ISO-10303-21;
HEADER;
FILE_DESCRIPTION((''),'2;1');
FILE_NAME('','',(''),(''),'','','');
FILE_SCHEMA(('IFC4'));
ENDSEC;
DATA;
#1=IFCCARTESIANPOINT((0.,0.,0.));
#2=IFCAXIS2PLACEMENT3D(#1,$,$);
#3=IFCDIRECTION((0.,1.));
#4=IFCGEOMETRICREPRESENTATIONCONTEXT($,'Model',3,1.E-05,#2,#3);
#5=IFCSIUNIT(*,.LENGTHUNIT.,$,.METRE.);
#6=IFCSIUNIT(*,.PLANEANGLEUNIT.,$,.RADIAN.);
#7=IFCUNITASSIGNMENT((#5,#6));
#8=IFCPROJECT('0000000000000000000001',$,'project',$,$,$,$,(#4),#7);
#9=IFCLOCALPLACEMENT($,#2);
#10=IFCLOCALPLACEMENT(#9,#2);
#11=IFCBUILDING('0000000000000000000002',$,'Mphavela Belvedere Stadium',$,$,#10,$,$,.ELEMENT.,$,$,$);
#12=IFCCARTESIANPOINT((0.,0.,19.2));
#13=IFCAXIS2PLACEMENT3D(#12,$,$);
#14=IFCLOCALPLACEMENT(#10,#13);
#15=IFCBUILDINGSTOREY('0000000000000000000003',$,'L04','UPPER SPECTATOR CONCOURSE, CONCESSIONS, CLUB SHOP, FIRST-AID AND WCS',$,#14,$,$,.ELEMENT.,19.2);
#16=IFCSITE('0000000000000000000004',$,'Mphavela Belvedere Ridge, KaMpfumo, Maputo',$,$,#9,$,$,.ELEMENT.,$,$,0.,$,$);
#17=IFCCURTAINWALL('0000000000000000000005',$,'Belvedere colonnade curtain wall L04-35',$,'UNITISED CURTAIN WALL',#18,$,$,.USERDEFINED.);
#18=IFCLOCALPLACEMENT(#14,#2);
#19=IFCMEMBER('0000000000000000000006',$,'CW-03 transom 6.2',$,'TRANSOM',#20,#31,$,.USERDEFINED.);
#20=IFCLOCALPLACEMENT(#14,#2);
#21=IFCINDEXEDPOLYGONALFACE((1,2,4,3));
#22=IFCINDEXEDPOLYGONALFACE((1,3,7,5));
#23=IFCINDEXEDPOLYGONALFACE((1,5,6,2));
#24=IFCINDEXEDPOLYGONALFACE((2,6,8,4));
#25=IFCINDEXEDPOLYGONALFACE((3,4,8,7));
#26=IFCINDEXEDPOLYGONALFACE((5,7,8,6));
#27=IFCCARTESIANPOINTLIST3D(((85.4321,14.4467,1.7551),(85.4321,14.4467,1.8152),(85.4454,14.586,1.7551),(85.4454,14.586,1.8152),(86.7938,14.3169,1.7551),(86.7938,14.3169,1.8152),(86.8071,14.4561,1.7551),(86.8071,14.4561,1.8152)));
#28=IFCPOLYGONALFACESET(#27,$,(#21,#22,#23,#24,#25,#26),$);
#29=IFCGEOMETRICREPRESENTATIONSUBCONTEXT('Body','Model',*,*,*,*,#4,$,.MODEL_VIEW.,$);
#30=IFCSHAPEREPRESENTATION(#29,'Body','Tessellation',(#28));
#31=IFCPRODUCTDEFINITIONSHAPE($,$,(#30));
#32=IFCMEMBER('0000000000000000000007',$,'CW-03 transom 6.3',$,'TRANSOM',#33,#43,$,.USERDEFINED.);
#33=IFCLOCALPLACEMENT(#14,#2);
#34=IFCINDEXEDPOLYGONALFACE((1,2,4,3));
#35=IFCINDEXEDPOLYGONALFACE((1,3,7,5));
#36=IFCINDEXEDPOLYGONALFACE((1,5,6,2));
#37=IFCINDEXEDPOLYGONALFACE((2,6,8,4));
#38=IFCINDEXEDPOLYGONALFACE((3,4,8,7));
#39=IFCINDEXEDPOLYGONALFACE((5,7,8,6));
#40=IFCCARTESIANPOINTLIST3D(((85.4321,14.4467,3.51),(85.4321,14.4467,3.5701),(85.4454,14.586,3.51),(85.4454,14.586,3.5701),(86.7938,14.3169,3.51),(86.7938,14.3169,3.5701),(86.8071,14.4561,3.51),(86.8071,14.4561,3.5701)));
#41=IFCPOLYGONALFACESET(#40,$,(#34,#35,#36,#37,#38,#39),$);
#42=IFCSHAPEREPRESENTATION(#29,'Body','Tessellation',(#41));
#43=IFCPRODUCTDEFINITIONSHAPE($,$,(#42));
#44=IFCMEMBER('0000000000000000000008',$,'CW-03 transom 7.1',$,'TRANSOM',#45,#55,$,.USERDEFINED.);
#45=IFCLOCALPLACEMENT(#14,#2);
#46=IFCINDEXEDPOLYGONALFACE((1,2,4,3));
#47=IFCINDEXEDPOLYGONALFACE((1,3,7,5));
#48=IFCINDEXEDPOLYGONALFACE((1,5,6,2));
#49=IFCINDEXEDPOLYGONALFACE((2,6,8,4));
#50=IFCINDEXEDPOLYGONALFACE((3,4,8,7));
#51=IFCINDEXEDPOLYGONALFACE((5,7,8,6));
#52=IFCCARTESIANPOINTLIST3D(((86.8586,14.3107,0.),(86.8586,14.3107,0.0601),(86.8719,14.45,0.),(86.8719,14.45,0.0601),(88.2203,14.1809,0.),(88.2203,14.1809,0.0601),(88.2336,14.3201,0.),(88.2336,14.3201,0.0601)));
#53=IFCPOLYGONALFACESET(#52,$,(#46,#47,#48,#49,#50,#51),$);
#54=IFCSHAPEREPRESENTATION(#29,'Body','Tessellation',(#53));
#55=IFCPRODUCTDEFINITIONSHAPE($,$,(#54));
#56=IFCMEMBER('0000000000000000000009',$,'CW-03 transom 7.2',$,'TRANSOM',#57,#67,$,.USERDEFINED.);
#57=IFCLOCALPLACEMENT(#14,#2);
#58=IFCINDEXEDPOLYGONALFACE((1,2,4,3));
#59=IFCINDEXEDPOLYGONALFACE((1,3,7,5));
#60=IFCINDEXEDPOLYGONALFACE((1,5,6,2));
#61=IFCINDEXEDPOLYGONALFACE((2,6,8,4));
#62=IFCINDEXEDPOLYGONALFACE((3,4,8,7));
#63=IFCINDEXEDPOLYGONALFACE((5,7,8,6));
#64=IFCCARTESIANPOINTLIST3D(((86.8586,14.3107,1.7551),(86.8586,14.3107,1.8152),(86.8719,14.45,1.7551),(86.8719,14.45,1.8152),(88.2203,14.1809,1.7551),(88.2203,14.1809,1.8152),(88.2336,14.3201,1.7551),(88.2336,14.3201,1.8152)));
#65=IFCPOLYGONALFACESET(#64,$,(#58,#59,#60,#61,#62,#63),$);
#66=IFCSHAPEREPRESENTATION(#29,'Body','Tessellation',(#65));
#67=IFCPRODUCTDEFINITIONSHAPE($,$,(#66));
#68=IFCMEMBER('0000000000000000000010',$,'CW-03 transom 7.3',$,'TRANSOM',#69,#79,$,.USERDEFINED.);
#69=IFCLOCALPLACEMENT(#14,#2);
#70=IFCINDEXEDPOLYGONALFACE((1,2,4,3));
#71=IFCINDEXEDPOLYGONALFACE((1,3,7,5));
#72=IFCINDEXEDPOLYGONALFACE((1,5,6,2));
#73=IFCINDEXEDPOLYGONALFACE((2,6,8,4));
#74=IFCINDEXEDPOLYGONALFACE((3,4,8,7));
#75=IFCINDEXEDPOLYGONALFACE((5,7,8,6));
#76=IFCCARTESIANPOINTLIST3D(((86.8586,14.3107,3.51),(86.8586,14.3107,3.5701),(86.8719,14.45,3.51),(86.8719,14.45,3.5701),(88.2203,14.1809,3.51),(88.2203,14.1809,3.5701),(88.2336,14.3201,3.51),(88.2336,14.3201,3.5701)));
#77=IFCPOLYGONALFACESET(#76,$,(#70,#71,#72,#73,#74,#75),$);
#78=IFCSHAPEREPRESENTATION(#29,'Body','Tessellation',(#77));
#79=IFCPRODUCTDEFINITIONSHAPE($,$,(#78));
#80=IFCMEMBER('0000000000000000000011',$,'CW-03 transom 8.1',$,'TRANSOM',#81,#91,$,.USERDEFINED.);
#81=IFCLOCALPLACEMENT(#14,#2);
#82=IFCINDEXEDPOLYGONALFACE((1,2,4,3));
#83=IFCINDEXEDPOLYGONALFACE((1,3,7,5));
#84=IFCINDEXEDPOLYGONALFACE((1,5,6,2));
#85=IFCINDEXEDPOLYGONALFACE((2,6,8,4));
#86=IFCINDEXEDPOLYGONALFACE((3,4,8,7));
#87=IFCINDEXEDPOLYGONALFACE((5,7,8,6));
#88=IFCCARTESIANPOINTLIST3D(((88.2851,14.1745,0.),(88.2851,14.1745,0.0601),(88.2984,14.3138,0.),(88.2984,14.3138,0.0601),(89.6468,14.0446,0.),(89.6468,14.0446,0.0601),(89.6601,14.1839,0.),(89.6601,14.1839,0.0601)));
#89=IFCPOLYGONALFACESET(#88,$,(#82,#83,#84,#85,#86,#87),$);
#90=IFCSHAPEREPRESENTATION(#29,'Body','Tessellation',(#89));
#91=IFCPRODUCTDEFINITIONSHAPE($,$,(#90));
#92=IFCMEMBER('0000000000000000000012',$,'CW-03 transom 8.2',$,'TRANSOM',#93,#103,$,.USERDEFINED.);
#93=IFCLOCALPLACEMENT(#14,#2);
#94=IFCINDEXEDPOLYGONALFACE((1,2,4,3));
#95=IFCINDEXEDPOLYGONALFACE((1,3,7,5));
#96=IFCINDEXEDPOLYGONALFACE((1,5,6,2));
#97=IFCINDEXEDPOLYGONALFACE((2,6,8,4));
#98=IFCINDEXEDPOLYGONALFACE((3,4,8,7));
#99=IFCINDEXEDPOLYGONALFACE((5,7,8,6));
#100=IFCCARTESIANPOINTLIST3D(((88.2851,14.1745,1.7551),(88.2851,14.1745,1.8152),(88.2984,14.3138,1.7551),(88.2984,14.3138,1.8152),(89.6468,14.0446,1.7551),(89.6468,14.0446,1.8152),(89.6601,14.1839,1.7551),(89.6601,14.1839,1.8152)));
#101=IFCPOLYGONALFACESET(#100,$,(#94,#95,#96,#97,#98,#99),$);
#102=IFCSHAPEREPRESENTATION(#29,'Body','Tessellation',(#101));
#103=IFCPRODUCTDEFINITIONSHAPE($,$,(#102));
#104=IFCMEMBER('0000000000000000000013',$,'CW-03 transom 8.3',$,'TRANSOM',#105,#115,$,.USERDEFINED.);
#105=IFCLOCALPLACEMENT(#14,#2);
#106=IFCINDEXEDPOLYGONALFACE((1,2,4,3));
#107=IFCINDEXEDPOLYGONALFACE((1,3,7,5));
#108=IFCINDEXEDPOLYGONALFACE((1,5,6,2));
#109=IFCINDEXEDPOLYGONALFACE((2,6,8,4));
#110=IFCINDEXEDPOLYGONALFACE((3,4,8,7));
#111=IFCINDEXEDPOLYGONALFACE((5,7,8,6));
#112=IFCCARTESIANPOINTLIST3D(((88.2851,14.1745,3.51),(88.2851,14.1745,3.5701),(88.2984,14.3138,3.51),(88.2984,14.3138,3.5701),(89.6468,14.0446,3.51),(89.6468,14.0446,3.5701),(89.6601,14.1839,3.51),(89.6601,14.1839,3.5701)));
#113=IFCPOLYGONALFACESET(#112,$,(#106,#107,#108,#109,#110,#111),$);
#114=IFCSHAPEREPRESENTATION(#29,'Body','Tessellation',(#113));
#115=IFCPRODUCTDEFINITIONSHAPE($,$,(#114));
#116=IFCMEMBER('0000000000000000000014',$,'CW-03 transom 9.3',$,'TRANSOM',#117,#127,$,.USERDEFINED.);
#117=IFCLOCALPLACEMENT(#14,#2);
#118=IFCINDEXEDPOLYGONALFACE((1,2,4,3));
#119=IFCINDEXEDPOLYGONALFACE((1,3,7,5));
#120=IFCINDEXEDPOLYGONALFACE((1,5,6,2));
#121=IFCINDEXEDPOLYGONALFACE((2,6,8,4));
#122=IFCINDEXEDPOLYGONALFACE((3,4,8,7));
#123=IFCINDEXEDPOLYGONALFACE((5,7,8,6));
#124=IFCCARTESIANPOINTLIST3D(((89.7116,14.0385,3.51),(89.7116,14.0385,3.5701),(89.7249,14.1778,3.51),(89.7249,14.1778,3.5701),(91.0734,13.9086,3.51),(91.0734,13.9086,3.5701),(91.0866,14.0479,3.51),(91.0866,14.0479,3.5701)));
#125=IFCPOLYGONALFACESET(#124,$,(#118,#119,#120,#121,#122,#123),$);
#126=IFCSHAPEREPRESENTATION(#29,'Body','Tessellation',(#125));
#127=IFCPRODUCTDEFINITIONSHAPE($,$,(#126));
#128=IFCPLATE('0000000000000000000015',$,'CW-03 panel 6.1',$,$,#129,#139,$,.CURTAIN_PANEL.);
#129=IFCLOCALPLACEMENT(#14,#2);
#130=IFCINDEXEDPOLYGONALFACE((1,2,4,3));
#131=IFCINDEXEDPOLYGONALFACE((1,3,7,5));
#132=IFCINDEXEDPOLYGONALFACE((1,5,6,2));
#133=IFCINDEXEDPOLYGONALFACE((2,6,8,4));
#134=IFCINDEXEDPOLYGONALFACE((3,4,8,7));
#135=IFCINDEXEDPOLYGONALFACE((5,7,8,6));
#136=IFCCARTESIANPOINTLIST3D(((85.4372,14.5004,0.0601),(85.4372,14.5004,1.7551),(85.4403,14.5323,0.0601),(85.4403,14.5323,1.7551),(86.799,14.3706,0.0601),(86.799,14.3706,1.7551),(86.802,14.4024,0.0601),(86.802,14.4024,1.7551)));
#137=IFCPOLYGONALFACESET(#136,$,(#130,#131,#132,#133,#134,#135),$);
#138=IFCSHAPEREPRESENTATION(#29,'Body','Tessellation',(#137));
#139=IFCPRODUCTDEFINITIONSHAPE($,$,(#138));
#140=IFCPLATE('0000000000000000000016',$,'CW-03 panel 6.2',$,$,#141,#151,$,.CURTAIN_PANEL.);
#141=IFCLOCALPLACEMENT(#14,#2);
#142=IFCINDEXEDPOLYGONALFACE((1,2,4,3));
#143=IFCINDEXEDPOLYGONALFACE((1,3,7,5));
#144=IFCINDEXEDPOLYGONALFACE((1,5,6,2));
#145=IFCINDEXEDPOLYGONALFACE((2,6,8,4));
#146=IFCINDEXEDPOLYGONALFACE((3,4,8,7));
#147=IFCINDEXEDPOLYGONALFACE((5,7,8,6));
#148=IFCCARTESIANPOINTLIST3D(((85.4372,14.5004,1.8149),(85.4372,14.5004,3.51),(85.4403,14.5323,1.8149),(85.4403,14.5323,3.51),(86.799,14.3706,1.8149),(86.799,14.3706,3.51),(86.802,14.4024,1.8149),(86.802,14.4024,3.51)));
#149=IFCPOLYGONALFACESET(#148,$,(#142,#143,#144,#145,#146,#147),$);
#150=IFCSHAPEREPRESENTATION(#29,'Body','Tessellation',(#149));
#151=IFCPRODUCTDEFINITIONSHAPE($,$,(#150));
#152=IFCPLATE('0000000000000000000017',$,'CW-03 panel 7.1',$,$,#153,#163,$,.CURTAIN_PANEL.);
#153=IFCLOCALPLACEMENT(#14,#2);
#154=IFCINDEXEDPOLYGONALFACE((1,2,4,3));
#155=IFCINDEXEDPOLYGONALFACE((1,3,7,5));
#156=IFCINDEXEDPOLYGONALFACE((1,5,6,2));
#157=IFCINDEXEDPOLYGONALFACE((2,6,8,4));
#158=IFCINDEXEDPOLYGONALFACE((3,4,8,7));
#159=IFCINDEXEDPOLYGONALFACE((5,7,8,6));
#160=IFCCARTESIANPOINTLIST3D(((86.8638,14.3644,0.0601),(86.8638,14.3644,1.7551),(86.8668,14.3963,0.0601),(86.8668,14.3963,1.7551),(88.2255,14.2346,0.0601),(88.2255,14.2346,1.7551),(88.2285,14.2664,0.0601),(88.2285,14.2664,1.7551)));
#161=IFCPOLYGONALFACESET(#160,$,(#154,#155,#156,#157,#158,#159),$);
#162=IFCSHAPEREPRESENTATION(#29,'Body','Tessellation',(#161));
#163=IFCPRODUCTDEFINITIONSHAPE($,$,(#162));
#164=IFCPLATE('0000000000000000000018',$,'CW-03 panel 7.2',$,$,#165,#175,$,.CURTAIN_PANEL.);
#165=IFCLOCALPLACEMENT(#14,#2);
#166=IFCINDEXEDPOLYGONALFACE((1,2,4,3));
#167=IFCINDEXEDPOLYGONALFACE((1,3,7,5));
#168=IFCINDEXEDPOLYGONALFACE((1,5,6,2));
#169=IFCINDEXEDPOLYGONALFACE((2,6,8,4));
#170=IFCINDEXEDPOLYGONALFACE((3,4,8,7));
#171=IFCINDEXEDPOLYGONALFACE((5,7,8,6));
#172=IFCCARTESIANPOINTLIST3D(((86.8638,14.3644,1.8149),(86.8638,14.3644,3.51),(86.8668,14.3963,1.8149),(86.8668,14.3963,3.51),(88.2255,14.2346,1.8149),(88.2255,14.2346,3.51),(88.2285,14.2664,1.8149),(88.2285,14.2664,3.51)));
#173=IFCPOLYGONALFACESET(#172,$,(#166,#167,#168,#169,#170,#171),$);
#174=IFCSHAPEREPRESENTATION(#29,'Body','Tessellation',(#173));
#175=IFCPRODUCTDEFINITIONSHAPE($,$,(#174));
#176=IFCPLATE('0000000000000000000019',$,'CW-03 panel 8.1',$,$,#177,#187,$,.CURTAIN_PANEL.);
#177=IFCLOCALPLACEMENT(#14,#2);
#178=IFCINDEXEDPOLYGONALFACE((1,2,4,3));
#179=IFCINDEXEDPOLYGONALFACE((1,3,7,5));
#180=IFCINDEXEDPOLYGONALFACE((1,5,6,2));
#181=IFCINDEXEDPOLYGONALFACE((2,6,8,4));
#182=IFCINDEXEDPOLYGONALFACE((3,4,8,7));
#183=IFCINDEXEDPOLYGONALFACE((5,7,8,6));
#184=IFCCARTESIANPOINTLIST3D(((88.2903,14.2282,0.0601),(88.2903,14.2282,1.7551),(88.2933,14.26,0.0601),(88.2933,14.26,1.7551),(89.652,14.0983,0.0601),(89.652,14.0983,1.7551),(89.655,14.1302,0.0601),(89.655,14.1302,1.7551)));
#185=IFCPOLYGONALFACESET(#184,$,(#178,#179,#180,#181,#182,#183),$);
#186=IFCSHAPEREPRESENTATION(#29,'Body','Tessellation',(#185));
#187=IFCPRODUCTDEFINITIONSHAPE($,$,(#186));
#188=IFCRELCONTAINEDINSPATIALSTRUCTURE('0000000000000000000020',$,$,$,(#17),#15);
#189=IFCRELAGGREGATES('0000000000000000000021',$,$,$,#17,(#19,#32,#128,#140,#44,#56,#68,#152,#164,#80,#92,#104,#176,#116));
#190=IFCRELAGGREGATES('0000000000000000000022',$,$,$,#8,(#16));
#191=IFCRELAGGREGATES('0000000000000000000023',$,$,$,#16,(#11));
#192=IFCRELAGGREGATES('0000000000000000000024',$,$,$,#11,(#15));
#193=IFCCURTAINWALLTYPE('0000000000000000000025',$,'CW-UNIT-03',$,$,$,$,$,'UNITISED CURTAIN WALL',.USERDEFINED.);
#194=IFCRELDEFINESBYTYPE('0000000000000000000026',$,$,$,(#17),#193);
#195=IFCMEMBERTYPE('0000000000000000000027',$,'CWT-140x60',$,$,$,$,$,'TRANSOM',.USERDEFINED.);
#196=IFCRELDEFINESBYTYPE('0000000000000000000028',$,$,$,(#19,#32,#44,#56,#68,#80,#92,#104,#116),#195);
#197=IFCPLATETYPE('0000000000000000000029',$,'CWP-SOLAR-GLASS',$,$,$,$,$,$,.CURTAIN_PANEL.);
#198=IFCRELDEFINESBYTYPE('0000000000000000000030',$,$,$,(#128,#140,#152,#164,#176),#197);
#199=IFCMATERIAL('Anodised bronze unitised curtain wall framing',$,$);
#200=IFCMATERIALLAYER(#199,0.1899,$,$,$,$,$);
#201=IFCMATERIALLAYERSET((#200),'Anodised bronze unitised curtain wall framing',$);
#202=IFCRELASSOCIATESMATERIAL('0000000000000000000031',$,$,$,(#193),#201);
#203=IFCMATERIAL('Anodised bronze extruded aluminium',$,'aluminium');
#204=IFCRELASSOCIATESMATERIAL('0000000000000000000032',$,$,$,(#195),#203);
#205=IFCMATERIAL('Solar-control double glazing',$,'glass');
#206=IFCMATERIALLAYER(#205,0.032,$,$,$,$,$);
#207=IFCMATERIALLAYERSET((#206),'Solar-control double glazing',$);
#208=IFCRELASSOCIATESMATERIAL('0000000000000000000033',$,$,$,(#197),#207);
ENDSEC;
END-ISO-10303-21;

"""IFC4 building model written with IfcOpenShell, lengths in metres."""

from ifc_helpers import new_model, si_unit, direction, frame, origin, origin_2d, place, context, subcontext, project, spatial, rectangle, extrude, material, layer, layer_set, material_profile, profile_set, type_object, element, aggregate, save


model = new_model("IFC4")

# Units and contexts
model_context = context("Model", 3, precision=1e-05, world=origin(), true_north=direction((0.0, 1.0)))
body_context = subcontext(model_context, "Body", "Model", "MODEL_VIEW")
ifc_project = project(units=[si_unit("LENGTHUNIT", "METRE"), si_unit("PLANEANGLEUNIT", "RADIAN")], contexts=[model_context])

# Site, building, storey
site_placement = place(None, origin())
site = spatial("IfcSite", under=ifc_project, at=site_placement, Name="Mphavela Belvedere Ridge, KaMpfumo, Maputo", CompositionType="ELEMENT", RefElevation=0.0)
building_placement = place(site_placement, origin())
building = spatial("IfcBuilding", under=site, at=building_placement, Name="Mphavela Belvedere Stadium", CompositionType="ELEMENT")
storey_placement = place(building_placement, frame((0.0, 0.0, 19.2)))
storey = spatial("IfcBuildingStorey", under=building, at=storey_placement, Name="L04", Description="UPPER SPECTATOR CONCOURSE, CONCESSIONS, CLUB SHOP, FIRST-AID AND WCS", CompositionType="ELEMENT", Elevation=19.2)

# Curtain wall, members, plates
ifc_material_1 = material(Name="Anodised bronze unitised curtain wall framing")
ifc_layer_1 = layer(ifc_material_1, 0.1899)
ifc_layer_set_1 = layer_set([ifc_layer_1], Name="Anodised bronze unitised curtain wall framing")
curtain_wall_type = type_object("IfcCurtainWallType", Name="CW-UNIT-03", ElementType="UNITISED CURTAIN WALL", PredefinedType="USERDEFINED", material=ifc_layer_set_1)
curtain_wall_placement = place(storey_placement, origin())
curtain_wall = element("IfcCurtainWall", 1, at=curtain_wall_placement, inside=storey, type_object=curtain_wall_type, Name="Belvedere colonnade curtain wall L04-35", ObjectType="UNITISED CURTAIN WALL", PredefinedType="USERDEFINED")
ifc_material_2 = material(Name="Anodised bronze extruded aluminium", Category="aluminium")
ifc_material_profile_1 = material_profile(ifc_material_2, rectangle(XDim=0.1399, YDim=0.0601, at=origin_2d()), Name="CW-TRN 140x60")
ifc_profile_set_1 = profile_set([ifc_material_profile_1], Name="Anodised bronze extruded aluminium")
member_type_1 = type_object("IfcMemberType", Name="CWT-140x60", ElementType="TRANSOM", PredefinedType="USERDEFINED", material=ifc_profile_set_1)
member_1_placement = place(storey_placement, frame((85.4387, 14.5164, 1.7852), z_axis=(0.995483, -0.094944, 0.0), x_axis=(0.094944, 0.995483, 0.0)))
member_1 = element("IfcMember", 2, at=member_1_placement, type_object=member_type_1, Name="CW-03 transom 6.2", ObjectType="TRANSOM", PredefinedType="USERDEFINED", context=body_context, shape_type="SweptSolid", body=[
    extrude(rectangle(XDim=0.1399, YDim=0.0601, at=origin_2d()), origin(), (0.0, 0.0, 1.0), 1.3679),
])
member_2_placement = place(storey_placement, frame((85.4387, 14.5164, 3.54), z_axis=(0.995483, -0.094944, 0.0), x_axis=(0.094944, 0.995483, 0.0)))
member_2 = element("IfcMember", 3, at=member_2_placement, type_object=member_type_1, Name="CW-03 transom 6.3", ObjectType="TRANSOM", PredefinedType="USERDEFINED", context=body_context, shape_type="SweptSolid", body=[
    extrude(rectangle(XDim=0.1399, YDim=0.0601, at=origin_2d()), origin(), (0.0, 0.0, 1.0), 1.3679),
])
member_3_placement = place(storey_placement, frame((86.8652, 14.3804, 0.03), z_axis=(0.995483, -0.094944, 0.0), x_axis=(0.094944, 0.995483, 0.0)))
member_3 = element("IfcMember", 4, at=member_3_placement, type_object=member_type_1, Name="CW-03 transom 7.1", ObjectType="TRANSOM", PredefinedType="USERDEFINED", context=body_context, shape_type="SweptSolid", body=[
    extrude(rectangle(XDim=0.1399, YDim=0.0601, at=origin_2d()), origin(), (0.0, 0.0, 1.0), 1.3679),
])
member_4_placement = place(storey_placement, frame((86.8652, 14.3804, 1.7852), z_axis=(0.995483, -0.094944, 0.0), x_axis=(0.094944, 0.995483, 0.0)))
member_4 = element("IfcMember", 5, at=member_4_placement, type_object=member_type_1, Name="CW-03 transom 7.2", ObjectType="TRANSOM", PredefinedType="USERDEFINED", context=body_context, shape_type="SweptSolid", body=[
    extrude(rectangle(XDim=0.1399, YDim=0.0601, at=origin_2d()), origin(), (0.0, 0.0, 1.0), 1.3679),
])
member_5_placement = place(storey_placement, frame((86.8652, 14.3804, 3.54), z_axis=(0.995483, -0.094944, 0.0), x_axis=(0.094944, 0.995483, 0.0)))
member_5 = element("IfcMember", 6, at=member_5_placement, type_object=member_type_1, Name="CW-03 transom 7.3", ObjectType="TRANSOM", PredefinedType="USERDEFINED", context=body_context, shape_type="SweptSolid", body=[
    extrude(rectangle(XDim=0.1399, YDim=0.0601, at=origin_2d()), origin(), (0.0, 0.0, 1.0), 1.3679),
])
member_6_placement = place(storey_placement, frame((88.2917, 14.2441, 0.03), z_axis=(0.995483, -0.094944, 0.0), x_axis=(0.094944, 0.995483, 0.0)))
member_6 = element("IfcMember", 7, at=member_6_placement, type_object=member_type_1, Name="CW-03 transom 8.1", ObjectType="TRANSOM", PredefinedType="USERDEFINED", context=body_context, shape_type="SweptSolid", body=[
    extrude(rectangle(XDim=0.1399, YDim=0.0601, at=origin_2d()), origin(), (0.0, 0.0, 1.0), 1.3679),
])
member_7_placement = place(storey_placement, frame((88.2917, 14.2441, 1.7852), z_axis=(0.995483, -0.094944, 0.0), x_axis=(0.094944, 0.995483, 0.0)))
member_7 = element("IfcMember", 8, at=member_7_placement, type_object=member_type_1, Name="CW-03 transom 8.2", ObjectType="TRANSOM", PredefinedType="USERDEFINED", context=body_context, shape_type="SweptSolid", body=[
    extrude(rectangle(XDim=0.1399, YDim=0.0601, at=origin_2d()), origin(), (0.0, 0.0, 1.0), 1.3679),
])
member_8_placement = place(storey_placement, frame((88.2917, 14.2441, 3.54), z_axis=(0.995483, -0.094944, 0.0), x_axis=(0.094944, 0.995483, 0.0)))
member_8 = element("IfcMember", 9, at=member_8_placement, type_object=member_type_1, Name="CW-03 transom 8.3", ObjectType="TRANSOM", PredefinedType="USERDEFINED", context=body_context, shape_type="SweptSolid", body=[
    extrude(rectangle(XDim=0.1399, YDim=0.0601, at=origin_2d()), origin(), (0.0, 0.0, 1.0), 1.3679),
])
member_9_placement = place(storey_placement, frame((89.7183, 14.1082, 3.54), z_axis=(0.995483, -0.094944, 0.0), x_axis=(0.094944, 0.995483, 0.0)))
member_9 = element("IfcMember", 10, at=member_9_placement, type_object=member_type_1, Name="CW-03 transom 9.3", ObjectType="TRANSOM", PredefinedType="USERDEFINED", context=body_context, shape_type="SweptSolid", body=[
    extrude(rectangle(XDim=0.1399, YDim=0.0601, at=origin_2d()), origin(), (0.0, 0.0, 1.0), 1.3679),
])
ifc_material_3 = material(Name="Solar-control double glazing", Category="glass")
ifc_layer_2 = layer(ifc_material_3, 0.032)
ifc_layer_set_2 = layer_set([ifc_layer_2], Name="Solar-control double glazing")
plate_type = type_object("IfcPlateType", Name="CWP-SOLAR-GLASS", PredefinedType="CURTAIN_PANEL", material=ifc_layer_set_2)
plate_1_placement = place(storey_placement, frame((86.1196, 14.4514, 0.0601), z_axis=(0.0, 0.0, 1.0), x_axis=(0.995484, -0.094933, 0.0)))
plate_1 = element("IfcPlate", 11, at=plate_1_placement, type_object=plate_type, Name="CW-03 panel 6.1", PredefinedType="CURTAIN_PANEL", context=body_context, shape_type="SweptSolid", body=[
    extrude(rectangle(XDim=1.3679, YDim=0.032, at=origin_2d()), origin(), (0.0, 0.0, 1.0), 1.6951),
])
plate_2_placement = place(storey_placement, frame((86.1196, 14.4514, 1.8149), z_axis=(0.0, 0.0, 1.0), x_axis=(0.995484, -0.094933, 0.0)))
plate_2 = element("IfcPlate", 12, at=plate_2_placement, type_object=plate_type, Name="CW-03 panel 6.2", PredefinedType="CURTAIN_PANEL", context=body_context, shape_type="SweptSolid", body=[
    extrude(rectangle(XDim=1.3679, YDim=0.032, at=origin_2d()), origin(), (0.0, 0.0, 1.0), 1.6951),
])
plate_3_placement = place(storey_placement, frame((87.5461, 14.3154, 0.0601), z_axis=(0.0, 0.0, 1.0), x_axis=(0.995484, -0.094933, 0.0)))
plate_3 = element("IfcPlate", 13, at=plate_3_placement, type_object=plate_type, Name="CW-03 panel 7.1", PredefinedType="CURTAIN_PANEL", context=body_context, shape_type="SweptSolid", body=[
    extrude(rectangle(XDim=1.3679, YDim=0.032, at=origin_2d()), origin(), (0.0, 0.0, 1.0), 1.6951),
])
plate_4_placement = place(storey_placement, frame((87.5461, 14.3154, 1.8149), z_axis=(0.0, 0.0, 1.0), x_axis=(0.995484, -0.094933, 0.0)))
plate_4 = element("IfcPlate", 14, at=plate_4_placement, type_object=plate_type, Name="CW-03 panel 7.2", PredefinedType="CURTAIN_PANEL", context=body_context, shape_type="SweptSolid", body=[
    extrude(rectangle(XDim=1.3679, YDim=0.032, at=origin_2d()), origin(), (0.0, 0.0, 1.0), 1.6951),
])
plate_5_placement = place(storey_placement, frame((88.9727, 14.1792, 0.0601), z_axis=(0.0, 0.0, 1.0), x_axis=(0.995484, -0.094933, 0.0)))
plate_5 = element("IfcPlate", 15, at=plate_5_placement, type_object=plate_type, Name="CW-03 panel 8.1", PredefinedType="CURTAIN_PANEL", context=body_context, shape_type="SweptSolid", body=[
    extrude(rectangle(XDim=1.3679, YDim=0.032, at=origin_2d()), origin(), (0.0, 0.0, 1.0), 1.6951),
])
aggregate(curtain_wall, [member_1, member_2, plate_1, plate_2, member_3, member_4, member_5, plate_3, plate_4, member_6, member_7, member_8, plate_5, member_9])

save(model, "model.ifc")
